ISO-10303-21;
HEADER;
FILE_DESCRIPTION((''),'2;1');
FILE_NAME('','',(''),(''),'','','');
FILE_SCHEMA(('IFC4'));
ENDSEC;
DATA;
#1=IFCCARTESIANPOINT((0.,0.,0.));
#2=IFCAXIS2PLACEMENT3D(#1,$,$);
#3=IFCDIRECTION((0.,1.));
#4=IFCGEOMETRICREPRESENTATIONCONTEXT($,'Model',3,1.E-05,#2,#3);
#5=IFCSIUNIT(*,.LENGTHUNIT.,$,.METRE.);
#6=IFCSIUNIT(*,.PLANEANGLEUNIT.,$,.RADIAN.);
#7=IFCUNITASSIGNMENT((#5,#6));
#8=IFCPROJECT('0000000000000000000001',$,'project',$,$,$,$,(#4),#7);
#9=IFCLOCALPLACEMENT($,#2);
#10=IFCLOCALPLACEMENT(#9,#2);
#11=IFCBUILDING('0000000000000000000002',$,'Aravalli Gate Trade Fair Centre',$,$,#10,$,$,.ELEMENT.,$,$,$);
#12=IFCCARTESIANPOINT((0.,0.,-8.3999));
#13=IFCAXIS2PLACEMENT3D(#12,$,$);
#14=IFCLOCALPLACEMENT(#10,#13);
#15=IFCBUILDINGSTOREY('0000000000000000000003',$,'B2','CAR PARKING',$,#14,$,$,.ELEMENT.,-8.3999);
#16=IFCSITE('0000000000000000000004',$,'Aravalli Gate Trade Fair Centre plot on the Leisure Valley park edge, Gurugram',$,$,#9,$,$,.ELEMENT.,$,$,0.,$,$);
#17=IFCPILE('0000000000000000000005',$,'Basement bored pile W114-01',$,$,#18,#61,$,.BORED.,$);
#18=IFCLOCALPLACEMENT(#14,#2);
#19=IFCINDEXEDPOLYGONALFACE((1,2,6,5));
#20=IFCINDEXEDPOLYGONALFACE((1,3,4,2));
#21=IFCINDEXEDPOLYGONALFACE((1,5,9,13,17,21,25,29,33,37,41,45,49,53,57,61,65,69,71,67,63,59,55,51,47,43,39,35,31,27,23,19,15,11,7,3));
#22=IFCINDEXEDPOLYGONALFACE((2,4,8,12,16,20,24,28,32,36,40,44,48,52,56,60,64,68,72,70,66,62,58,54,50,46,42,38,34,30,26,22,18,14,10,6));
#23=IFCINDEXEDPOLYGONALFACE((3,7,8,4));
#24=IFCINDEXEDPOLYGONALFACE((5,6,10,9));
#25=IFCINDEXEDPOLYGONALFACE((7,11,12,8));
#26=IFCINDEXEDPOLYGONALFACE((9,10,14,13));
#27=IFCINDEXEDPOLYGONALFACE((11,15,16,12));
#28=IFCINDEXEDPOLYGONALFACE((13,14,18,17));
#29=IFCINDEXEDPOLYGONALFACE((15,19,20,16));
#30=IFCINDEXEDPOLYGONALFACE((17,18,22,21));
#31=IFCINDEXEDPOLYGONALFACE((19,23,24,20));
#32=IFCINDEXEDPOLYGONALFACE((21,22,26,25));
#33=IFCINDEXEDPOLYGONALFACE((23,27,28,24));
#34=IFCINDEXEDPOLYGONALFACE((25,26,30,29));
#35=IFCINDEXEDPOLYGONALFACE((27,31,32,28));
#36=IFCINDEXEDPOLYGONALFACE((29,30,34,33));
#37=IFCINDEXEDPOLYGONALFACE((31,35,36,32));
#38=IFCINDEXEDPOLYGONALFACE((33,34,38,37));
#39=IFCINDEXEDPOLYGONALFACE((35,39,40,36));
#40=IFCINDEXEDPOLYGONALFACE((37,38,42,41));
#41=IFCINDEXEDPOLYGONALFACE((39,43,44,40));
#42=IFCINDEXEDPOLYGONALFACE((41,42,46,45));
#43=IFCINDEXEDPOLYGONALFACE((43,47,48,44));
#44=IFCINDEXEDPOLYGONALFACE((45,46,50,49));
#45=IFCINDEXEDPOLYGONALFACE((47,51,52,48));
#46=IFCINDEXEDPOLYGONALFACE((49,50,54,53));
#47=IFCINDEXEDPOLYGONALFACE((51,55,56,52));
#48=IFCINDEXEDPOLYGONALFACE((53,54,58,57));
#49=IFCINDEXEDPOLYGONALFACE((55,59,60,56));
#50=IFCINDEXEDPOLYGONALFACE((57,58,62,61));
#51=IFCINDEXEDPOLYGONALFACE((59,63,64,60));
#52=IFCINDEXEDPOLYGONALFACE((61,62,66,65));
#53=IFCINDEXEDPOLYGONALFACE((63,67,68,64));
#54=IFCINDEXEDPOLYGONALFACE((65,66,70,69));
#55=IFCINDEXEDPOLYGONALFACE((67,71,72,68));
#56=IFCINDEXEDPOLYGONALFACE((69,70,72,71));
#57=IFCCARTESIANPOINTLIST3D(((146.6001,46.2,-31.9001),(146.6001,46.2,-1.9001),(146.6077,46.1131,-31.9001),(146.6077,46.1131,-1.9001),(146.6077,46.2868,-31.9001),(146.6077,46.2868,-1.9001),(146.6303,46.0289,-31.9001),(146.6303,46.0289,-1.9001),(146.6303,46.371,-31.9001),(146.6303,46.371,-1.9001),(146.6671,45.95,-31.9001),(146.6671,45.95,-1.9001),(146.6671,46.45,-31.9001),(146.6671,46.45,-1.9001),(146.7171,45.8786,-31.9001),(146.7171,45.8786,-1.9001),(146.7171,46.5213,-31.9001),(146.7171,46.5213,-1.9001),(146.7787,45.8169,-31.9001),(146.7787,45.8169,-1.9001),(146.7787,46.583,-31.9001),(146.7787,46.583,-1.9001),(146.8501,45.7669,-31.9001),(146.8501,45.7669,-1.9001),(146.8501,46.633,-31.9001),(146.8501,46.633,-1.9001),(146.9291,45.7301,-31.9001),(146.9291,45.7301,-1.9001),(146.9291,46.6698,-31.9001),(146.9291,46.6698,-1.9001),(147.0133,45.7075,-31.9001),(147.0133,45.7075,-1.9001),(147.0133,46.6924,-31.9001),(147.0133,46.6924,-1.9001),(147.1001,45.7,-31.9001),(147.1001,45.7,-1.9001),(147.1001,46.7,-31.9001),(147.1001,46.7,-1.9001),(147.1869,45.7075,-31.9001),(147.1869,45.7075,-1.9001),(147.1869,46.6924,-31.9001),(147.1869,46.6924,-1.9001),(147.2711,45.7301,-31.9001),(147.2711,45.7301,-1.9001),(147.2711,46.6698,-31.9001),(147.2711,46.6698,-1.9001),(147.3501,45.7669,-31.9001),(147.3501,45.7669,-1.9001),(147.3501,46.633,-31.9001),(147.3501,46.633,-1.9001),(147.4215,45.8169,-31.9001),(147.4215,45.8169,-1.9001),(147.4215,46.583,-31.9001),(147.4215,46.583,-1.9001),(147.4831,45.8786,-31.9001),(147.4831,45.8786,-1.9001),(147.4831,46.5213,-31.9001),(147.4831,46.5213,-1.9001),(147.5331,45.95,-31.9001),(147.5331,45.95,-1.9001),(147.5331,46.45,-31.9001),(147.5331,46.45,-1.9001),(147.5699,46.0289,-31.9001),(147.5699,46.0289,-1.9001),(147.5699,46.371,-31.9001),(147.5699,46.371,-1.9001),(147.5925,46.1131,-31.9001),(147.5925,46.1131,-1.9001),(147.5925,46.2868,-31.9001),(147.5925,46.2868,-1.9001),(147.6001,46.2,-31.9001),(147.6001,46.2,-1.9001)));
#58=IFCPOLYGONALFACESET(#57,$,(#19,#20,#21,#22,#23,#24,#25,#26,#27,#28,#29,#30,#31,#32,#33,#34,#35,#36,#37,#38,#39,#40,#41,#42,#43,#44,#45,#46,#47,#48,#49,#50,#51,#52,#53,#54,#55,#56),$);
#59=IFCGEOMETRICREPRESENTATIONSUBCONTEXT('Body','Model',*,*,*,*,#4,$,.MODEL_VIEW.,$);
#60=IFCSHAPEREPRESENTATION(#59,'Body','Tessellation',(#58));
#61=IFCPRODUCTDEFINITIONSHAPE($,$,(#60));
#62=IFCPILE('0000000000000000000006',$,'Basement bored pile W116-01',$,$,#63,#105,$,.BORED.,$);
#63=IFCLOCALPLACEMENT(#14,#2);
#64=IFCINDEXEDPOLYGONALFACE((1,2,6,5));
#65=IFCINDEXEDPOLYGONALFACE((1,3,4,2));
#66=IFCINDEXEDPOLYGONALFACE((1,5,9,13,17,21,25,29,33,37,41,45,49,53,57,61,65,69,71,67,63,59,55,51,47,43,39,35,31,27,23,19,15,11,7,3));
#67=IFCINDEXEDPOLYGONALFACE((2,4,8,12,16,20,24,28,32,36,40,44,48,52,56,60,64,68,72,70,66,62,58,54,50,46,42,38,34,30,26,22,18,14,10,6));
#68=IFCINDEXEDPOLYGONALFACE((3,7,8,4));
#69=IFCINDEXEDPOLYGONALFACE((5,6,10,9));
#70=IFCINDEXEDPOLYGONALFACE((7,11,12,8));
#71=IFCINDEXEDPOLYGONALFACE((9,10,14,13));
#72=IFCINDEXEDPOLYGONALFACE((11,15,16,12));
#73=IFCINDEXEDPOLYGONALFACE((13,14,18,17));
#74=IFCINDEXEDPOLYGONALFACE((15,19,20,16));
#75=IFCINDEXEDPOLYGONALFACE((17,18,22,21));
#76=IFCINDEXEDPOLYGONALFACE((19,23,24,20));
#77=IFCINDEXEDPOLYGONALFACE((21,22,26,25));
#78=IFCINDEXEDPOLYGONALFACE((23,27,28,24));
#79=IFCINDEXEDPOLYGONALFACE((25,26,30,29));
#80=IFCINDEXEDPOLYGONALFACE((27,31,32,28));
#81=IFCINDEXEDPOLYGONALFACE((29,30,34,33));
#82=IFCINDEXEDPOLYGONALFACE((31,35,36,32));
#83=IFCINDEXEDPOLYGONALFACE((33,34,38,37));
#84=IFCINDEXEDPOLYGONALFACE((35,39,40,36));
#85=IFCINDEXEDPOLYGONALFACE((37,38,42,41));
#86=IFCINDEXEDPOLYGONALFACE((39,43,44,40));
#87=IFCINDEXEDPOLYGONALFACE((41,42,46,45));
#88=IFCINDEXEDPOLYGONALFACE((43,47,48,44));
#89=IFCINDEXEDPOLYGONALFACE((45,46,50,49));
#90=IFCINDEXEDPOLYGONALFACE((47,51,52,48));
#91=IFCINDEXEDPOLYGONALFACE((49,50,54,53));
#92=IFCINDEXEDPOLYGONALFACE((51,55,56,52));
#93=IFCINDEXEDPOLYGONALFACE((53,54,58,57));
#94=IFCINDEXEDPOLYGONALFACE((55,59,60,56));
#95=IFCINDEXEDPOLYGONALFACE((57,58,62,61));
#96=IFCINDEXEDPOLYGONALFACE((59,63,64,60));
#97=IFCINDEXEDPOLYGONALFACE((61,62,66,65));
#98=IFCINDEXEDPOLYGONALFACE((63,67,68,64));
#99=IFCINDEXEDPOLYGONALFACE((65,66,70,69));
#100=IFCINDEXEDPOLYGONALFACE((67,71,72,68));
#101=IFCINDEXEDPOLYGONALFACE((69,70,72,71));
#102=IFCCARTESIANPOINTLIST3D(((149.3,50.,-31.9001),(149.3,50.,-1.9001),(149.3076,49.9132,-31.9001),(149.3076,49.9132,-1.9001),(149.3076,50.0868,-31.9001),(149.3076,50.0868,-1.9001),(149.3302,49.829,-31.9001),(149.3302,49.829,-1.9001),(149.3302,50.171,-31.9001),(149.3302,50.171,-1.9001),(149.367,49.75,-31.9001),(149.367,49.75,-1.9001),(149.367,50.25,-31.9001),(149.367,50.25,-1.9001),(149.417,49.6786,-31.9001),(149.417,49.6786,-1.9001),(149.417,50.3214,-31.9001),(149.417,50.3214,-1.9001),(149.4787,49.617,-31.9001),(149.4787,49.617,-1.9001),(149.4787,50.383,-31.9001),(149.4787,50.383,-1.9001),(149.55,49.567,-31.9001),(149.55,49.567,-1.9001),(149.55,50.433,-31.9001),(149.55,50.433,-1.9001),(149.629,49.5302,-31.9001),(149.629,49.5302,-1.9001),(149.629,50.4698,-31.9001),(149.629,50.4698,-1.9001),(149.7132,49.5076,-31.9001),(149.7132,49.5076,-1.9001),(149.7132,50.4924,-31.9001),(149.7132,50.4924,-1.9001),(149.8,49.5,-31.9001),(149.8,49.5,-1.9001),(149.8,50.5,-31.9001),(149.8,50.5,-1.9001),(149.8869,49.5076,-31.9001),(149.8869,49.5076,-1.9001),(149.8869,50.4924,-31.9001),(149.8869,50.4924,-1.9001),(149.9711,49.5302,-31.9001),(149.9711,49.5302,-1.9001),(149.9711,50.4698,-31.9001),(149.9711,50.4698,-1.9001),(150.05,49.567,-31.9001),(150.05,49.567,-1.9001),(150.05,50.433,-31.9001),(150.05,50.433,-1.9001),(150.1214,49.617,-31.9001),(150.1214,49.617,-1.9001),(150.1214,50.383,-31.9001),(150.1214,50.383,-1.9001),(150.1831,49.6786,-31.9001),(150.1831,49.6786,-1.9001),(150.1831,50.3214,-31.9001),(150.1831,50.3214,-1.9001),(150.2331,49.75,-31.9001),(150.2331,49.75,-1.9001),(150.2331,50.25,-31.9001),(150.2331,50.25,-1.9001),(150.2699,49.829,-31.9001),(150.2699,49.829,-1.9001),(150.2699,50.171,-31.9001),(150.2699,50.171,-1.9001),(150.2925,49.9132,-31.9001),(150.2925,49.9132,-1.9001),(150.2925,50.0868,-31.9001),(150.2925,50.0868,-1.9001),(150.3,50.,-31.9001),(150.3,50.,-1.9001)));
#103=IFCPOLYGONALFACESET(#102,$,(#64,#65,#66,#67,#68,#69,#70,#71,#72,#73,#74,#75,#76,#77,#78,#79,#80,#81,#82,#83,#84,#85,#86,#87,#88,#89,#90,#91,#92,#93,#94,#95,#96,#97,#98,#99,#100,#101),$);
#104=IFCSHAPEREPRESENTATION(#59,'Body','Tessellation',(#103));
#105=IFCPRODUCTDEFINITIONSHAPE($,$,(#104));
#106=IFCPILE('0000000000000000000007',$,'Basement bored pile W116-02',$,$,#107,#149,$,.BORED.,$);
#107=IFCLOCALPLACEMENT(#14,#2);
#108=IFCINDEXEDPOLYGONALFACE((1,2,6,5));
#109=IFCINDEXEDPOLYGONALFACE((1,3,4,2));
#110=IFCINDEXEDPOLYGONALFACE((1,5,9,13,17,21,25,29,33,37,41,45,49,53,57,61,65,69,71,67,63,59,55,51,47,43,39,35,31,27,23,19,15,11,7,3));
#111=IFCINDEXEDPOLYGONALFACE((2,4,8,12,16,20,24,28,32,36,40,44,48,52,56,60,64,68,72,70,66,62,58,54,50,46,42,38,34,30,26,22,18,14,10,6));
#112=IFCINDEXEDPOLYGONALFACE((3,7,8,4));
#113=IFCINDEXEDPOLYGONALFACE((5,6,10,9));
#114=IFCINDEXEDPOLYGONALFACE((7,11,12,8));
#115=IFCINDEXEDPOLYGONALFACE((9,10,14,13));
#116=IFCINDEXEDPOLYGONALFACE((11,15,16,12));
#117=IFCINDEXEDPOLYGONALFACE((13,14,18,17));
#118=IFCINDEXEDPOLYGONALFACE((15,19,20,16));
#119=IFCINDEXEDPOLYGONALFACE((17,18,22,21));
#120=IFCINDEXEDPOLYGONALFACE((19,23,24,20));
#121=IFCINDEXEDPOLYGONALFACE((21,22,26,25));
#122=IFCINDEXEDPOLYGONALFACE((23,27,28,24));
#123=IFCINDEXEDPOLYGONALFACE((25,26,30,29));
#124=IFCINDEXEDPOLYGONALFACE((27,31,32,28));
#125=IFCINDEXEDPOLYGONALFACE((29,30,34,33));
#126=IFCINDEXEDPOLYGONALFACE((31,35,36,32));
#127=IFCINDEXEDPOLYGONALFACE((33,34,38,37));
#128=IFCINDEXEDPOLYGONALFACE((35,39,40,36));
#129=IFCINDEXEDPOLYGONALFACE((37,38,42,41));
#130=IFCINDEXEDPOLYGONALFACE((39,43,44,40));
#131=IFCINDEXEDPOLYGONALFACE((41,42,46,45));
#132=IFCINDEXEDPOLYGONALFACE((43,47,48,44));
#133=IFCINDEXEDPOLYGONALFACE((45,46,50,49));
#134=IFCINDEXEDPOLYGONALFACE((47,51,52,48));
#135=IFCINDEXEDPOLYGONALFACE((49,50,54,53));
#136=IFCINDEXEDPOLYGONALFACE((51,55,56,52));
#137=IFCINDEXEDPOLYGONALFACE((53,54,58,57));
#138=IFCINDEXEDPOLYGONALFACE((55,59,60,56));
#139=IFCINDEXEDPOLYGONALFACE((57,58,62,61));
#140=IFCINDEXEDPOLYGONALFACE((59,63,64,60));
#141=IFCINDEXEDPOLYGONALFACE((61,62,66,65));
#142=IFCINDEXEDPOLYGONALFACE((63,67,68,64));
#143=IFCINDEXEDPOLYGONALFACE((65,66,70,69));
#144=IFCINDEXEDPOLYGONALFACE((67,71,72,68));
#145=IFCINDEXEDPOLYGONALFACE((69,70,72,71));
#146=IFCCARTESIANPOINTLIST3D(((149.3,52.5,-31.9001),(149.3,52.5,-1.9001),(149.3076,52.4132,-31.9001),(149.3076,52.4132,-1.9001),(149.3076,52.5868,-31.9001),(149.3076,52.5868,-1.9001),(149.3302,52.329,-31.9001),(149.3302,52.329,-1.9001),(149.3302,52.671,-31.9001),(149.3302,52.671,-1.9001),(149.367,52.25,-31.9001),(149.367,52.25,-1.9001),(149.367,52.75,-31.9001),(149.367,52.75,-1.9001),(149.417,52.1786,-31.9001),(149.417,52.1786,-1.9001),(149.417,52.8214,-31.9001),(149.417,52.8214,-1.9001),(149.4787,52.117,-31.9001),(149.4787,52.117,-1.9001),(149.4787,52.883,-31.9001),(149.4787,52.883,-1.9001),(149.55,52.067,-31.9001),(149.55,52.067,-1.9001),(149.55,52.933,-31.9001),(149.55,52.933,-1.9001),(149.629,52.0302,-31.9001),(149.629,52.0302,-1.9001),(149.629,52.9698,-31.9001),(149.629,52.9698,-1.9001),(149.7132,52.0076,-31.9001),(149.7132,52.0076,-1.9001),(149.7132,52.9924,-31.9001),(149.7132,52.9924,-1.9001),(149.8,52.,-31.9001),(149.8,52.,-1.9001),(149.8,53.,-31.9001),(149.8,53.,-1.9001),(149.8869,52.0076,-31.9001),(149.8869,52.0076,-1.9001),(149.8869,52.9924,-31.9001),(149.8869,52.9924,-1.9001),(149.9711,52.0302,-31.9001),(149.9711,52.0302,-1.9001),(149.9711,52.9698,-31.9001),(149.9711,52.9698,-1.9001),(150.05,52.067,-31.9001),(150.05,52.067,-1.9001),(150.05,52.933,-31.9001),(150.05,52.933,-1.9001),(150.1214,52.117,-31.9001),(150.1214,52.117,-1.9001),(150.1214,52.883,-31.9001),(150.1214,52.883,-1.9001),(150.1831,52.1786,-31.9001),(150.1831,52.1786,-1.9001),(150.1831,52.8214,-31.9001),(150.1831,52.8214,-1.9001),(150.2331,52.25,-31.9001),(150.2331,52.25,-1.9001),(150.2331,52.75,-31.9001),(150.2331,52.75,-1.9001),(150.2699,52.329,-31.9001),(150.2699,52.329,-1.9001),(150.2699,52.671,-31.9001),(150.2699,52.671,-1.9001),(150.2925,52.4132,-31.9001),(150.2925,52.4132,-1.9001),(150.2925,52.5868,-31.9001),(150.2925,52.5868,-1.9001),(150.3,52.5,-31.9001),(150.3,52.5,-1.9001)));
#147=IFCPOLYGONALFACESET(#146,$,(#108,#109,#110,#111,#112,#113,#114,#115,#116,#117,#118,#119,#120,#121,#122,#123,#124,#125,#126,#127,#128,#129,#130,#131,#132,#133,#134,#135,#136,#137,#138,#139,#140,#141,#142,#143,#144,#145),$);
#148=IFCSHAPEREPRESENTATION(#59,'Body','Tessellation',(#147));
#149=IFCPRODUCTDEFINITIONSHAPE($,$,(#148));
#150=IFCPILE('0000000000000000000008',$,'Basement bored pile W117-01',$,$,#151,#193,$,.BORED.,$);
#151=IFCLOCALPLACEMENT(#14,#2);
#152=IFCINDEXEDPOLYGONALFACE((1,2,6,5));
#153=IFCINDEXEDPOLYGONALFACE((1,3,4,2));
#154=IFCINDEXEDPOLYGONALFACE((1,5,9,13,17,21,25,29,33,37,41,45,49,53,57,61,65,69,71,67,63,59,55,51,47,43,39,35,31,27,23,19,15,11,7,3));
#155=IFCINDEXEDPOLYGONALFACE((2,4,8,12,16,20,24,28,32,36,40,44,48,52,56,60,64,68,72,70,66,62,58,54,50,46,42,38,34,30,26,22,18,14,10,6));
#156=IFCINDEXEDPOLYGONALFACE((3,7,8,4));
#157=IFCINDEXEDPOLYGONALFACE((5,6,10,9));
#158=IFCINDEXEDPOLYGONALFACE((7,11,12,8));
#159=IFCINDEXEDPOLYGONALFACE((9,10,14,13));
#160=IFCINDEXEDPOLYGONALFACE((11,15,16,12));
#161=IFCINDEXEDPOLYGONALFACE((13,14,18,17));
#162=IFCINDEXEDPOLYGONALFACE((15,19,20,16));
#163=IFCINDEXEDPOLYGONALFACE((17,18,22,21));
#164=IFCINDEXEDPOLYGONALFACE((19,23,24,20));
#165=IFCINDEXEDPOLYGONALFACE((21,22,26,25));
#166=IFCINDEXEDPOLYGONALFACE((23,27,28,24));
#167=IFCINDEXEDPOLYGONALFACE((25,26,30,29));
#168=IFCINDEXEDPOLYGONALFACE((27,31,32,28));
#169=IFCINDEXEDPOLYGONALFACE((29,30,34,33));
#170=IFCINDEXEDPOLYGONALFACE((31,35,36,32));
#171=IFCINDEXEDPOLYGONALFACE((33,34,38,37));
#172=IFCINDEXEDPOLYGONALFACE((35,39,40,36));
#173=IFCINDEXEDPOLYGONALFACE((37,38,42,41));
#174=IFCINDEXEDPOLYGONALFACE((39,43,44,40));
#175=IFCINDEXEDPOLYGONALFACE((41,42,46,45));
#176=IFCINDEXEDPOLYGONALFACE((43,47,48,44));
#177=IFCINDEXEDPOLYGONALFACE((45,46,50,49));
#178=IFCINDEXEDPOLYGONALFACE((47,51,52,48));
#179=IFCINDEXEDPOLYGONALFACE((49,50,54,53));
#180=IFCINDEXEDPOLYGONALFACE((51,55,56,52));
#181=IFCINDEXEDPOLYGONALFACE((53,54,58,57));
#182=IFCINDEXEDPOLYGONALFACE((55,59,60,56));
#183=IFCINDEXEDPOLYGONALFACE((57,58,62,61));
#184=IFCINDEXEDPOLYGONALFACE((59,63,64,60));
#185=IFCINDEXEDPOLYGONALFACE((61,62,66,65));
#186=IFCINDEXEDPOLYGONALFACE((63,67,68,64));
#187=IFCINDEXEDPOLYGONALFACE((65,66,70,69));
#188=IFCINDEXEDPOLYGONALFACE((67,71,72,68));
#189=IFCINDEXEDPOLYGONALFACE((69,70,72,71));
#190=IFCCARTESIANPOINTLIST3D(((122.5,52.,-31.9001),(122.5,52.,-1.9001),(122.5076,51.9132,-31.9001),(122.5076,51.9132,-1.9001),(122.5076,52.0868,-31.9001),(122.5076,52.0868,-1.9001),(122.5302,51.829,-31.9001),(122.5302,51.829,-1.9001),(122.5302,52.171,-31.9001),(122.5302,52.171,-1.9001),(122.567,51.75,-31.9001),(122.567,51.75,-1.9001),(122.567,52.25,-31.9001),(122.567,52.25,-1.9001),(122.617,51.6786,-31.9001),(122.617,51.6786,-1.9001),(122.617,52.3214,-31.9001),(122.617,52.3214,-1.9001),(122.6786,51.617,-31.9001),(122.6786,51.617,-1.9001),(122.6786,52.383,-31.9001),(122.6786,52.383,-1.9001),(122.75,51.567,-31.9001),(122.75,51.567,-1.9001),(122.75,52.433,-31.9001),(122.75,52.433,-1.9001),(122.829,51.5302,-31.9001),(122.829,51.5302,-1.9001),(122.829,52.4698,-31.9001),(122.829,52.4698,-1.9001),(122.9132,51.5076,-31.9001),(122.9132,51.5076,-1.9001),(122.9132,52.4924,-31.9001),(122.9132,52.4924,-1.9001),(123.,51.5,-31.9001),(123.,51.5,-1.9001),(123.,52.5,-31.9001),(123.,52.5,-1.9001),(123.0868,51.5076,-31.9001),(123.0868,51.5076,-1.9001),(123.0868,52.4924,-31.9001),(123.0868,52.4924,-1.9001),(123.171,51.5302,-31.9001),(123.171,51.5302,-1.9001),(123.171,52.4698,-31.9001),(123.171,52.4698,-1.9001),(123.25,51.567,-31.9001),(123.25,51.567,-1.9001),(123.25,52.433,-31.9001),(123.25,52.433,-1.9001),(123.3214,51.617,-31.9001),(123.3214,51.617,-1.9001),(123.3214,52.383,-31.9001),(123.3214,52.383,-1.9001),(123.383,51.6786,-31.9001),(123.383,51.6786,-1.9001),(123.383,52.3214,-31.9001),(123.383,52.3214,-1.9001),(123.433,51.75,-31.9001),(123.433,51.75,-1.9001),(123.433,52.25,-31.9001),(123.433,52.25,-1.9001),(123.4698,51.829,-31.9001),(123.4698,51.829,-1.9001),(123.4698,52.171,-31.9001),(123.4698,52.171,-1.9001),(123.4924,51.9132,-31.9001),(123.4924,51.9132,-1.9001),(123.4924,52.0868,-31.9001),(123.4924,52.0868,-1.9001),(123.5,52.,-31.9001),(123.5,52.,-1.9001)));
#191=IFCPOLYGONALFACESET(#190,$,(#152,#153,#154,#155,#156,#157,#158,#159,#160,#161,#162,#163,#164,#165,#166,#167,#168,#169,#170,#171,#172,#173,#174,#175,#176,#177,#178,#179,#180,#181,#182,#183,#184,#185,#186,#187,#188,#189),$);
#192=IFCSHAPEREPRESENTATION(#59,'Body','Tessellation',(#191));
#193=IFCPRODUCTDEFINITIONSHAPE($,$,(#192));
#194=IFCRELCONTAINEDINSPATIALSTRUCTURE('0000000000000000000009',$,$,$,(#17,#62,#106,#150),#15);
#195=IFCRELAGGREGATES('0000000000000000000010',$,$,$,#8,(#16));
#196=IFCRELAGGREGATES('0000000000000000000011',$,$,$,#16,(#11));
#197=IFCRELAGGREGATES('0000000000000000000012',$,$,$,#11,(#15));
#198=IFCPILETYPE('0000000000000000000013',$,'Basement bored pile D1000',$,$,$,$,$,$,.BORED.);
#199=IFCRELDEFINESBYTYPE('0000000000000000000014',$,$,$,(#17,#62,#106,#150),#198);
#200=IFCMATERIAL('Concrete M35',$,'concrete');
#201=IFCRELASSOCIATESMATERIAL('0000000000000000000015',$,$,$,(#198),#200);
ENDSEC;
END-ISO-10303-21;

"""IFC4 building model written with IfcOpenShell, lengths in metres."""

from ifc_helpers import new_model, si_unit, direction, frame, origin, origin_2d, place, context, subcontext, project, spatial, circle, extrude, material, material_profile, profile_set, type_object, element, save


model = new_model("IFC4")

# Units and contexts
model_context = context("Model", 3, precision=1e-05, world=origin(), true_north=direction((0.0, 1.0)))
body_context = subcontext(model_context, "Body", "Model", "MODEL_VIEW")
ifc_project = project(units=[si_unit("LENGTHUNIT", "METRE"), si_unit("PLANEANGLEUNIT", "RADIAN")], contexts=[model_context])

# Site, building, storey
site_placement = place(None, origin())
site = spatial("IfcSite", under=ifc_project, at=site_placement, Name="Aravalli Gate Trade Fair Centre plot on the Leisure Valley park edge, Gurugram", CompositionType="ELEMENT", RefElevation=0.0)
building_placement = place(site_placement, origin())
building = spatial("IfcBuilding", under=site, at=building_placement, Name="Aravalli Gate Trade Fair Centre", CompositionType="ELEMENT")
storey_placement = place(building_placement, frame((0.0, 0.0, -8.3999)))
storey = spatial("IfcBuildingStorey", under=building, at=storey_placement, Name="B2", Description="CAR PARKING", CompositionType="ELEMENT", Elevation=-8.3999)

# Piles
ifc_material_1 = material(Name="Concrete M35", Category="concrete")
ifc_material_profile_1 = material_profile(ifc_material_1, circle(Radius=0.5, at=origin_2d()), Name="D1000")
ifc_profile_set_1 = profile_set([ifc_material_profile_1], Name="Concrete M35")
pile_type = type_object("IfcPileType", Name="Basement bored pile D1000", PredefinedType="BORED", material=ifc_profile_set_1)
for number, where, z_axis, x_axis, name in (
    (1, (147.1001, 46.2, -1.9001), (0.0, 0.0, -1.0), (1.0, 0.0, 0.0), "Basement bored pile W114-01"),
    (2, (149.8, 50.0, -1.9001), (0.0, 0.0, -1.0), (1.0, 0.0, 0.0), "Basement bored pile W116-01"),
    (3, (149.8, 52.5, -1.9001), (0.0, 0.0, -1.0), (1.0, 0.0, 0.0), "Basement bored pile W116-02"),
    (4, (123.0, 52.0, -1.9001), (0.0, 0.0, -1.0), (1.0, 0.0, 0.0), "Basement bored pile W117-01"),
):
    element("IfcPile", number, at=place(storey_placement, frame(where, z_axis=z_axis, x_axis=x_axis)), inside=storey, type_object=pile_type, Name=name, PredefinedType="BORED", context=body_context, shape_type="SweptSolid", body=[
        extrude(circle(Radius=0.5, at=origin_2d()), origin(), (0.0, 0.0, 1.0), 30.0),
    ])

save(model, "model.ifc")
